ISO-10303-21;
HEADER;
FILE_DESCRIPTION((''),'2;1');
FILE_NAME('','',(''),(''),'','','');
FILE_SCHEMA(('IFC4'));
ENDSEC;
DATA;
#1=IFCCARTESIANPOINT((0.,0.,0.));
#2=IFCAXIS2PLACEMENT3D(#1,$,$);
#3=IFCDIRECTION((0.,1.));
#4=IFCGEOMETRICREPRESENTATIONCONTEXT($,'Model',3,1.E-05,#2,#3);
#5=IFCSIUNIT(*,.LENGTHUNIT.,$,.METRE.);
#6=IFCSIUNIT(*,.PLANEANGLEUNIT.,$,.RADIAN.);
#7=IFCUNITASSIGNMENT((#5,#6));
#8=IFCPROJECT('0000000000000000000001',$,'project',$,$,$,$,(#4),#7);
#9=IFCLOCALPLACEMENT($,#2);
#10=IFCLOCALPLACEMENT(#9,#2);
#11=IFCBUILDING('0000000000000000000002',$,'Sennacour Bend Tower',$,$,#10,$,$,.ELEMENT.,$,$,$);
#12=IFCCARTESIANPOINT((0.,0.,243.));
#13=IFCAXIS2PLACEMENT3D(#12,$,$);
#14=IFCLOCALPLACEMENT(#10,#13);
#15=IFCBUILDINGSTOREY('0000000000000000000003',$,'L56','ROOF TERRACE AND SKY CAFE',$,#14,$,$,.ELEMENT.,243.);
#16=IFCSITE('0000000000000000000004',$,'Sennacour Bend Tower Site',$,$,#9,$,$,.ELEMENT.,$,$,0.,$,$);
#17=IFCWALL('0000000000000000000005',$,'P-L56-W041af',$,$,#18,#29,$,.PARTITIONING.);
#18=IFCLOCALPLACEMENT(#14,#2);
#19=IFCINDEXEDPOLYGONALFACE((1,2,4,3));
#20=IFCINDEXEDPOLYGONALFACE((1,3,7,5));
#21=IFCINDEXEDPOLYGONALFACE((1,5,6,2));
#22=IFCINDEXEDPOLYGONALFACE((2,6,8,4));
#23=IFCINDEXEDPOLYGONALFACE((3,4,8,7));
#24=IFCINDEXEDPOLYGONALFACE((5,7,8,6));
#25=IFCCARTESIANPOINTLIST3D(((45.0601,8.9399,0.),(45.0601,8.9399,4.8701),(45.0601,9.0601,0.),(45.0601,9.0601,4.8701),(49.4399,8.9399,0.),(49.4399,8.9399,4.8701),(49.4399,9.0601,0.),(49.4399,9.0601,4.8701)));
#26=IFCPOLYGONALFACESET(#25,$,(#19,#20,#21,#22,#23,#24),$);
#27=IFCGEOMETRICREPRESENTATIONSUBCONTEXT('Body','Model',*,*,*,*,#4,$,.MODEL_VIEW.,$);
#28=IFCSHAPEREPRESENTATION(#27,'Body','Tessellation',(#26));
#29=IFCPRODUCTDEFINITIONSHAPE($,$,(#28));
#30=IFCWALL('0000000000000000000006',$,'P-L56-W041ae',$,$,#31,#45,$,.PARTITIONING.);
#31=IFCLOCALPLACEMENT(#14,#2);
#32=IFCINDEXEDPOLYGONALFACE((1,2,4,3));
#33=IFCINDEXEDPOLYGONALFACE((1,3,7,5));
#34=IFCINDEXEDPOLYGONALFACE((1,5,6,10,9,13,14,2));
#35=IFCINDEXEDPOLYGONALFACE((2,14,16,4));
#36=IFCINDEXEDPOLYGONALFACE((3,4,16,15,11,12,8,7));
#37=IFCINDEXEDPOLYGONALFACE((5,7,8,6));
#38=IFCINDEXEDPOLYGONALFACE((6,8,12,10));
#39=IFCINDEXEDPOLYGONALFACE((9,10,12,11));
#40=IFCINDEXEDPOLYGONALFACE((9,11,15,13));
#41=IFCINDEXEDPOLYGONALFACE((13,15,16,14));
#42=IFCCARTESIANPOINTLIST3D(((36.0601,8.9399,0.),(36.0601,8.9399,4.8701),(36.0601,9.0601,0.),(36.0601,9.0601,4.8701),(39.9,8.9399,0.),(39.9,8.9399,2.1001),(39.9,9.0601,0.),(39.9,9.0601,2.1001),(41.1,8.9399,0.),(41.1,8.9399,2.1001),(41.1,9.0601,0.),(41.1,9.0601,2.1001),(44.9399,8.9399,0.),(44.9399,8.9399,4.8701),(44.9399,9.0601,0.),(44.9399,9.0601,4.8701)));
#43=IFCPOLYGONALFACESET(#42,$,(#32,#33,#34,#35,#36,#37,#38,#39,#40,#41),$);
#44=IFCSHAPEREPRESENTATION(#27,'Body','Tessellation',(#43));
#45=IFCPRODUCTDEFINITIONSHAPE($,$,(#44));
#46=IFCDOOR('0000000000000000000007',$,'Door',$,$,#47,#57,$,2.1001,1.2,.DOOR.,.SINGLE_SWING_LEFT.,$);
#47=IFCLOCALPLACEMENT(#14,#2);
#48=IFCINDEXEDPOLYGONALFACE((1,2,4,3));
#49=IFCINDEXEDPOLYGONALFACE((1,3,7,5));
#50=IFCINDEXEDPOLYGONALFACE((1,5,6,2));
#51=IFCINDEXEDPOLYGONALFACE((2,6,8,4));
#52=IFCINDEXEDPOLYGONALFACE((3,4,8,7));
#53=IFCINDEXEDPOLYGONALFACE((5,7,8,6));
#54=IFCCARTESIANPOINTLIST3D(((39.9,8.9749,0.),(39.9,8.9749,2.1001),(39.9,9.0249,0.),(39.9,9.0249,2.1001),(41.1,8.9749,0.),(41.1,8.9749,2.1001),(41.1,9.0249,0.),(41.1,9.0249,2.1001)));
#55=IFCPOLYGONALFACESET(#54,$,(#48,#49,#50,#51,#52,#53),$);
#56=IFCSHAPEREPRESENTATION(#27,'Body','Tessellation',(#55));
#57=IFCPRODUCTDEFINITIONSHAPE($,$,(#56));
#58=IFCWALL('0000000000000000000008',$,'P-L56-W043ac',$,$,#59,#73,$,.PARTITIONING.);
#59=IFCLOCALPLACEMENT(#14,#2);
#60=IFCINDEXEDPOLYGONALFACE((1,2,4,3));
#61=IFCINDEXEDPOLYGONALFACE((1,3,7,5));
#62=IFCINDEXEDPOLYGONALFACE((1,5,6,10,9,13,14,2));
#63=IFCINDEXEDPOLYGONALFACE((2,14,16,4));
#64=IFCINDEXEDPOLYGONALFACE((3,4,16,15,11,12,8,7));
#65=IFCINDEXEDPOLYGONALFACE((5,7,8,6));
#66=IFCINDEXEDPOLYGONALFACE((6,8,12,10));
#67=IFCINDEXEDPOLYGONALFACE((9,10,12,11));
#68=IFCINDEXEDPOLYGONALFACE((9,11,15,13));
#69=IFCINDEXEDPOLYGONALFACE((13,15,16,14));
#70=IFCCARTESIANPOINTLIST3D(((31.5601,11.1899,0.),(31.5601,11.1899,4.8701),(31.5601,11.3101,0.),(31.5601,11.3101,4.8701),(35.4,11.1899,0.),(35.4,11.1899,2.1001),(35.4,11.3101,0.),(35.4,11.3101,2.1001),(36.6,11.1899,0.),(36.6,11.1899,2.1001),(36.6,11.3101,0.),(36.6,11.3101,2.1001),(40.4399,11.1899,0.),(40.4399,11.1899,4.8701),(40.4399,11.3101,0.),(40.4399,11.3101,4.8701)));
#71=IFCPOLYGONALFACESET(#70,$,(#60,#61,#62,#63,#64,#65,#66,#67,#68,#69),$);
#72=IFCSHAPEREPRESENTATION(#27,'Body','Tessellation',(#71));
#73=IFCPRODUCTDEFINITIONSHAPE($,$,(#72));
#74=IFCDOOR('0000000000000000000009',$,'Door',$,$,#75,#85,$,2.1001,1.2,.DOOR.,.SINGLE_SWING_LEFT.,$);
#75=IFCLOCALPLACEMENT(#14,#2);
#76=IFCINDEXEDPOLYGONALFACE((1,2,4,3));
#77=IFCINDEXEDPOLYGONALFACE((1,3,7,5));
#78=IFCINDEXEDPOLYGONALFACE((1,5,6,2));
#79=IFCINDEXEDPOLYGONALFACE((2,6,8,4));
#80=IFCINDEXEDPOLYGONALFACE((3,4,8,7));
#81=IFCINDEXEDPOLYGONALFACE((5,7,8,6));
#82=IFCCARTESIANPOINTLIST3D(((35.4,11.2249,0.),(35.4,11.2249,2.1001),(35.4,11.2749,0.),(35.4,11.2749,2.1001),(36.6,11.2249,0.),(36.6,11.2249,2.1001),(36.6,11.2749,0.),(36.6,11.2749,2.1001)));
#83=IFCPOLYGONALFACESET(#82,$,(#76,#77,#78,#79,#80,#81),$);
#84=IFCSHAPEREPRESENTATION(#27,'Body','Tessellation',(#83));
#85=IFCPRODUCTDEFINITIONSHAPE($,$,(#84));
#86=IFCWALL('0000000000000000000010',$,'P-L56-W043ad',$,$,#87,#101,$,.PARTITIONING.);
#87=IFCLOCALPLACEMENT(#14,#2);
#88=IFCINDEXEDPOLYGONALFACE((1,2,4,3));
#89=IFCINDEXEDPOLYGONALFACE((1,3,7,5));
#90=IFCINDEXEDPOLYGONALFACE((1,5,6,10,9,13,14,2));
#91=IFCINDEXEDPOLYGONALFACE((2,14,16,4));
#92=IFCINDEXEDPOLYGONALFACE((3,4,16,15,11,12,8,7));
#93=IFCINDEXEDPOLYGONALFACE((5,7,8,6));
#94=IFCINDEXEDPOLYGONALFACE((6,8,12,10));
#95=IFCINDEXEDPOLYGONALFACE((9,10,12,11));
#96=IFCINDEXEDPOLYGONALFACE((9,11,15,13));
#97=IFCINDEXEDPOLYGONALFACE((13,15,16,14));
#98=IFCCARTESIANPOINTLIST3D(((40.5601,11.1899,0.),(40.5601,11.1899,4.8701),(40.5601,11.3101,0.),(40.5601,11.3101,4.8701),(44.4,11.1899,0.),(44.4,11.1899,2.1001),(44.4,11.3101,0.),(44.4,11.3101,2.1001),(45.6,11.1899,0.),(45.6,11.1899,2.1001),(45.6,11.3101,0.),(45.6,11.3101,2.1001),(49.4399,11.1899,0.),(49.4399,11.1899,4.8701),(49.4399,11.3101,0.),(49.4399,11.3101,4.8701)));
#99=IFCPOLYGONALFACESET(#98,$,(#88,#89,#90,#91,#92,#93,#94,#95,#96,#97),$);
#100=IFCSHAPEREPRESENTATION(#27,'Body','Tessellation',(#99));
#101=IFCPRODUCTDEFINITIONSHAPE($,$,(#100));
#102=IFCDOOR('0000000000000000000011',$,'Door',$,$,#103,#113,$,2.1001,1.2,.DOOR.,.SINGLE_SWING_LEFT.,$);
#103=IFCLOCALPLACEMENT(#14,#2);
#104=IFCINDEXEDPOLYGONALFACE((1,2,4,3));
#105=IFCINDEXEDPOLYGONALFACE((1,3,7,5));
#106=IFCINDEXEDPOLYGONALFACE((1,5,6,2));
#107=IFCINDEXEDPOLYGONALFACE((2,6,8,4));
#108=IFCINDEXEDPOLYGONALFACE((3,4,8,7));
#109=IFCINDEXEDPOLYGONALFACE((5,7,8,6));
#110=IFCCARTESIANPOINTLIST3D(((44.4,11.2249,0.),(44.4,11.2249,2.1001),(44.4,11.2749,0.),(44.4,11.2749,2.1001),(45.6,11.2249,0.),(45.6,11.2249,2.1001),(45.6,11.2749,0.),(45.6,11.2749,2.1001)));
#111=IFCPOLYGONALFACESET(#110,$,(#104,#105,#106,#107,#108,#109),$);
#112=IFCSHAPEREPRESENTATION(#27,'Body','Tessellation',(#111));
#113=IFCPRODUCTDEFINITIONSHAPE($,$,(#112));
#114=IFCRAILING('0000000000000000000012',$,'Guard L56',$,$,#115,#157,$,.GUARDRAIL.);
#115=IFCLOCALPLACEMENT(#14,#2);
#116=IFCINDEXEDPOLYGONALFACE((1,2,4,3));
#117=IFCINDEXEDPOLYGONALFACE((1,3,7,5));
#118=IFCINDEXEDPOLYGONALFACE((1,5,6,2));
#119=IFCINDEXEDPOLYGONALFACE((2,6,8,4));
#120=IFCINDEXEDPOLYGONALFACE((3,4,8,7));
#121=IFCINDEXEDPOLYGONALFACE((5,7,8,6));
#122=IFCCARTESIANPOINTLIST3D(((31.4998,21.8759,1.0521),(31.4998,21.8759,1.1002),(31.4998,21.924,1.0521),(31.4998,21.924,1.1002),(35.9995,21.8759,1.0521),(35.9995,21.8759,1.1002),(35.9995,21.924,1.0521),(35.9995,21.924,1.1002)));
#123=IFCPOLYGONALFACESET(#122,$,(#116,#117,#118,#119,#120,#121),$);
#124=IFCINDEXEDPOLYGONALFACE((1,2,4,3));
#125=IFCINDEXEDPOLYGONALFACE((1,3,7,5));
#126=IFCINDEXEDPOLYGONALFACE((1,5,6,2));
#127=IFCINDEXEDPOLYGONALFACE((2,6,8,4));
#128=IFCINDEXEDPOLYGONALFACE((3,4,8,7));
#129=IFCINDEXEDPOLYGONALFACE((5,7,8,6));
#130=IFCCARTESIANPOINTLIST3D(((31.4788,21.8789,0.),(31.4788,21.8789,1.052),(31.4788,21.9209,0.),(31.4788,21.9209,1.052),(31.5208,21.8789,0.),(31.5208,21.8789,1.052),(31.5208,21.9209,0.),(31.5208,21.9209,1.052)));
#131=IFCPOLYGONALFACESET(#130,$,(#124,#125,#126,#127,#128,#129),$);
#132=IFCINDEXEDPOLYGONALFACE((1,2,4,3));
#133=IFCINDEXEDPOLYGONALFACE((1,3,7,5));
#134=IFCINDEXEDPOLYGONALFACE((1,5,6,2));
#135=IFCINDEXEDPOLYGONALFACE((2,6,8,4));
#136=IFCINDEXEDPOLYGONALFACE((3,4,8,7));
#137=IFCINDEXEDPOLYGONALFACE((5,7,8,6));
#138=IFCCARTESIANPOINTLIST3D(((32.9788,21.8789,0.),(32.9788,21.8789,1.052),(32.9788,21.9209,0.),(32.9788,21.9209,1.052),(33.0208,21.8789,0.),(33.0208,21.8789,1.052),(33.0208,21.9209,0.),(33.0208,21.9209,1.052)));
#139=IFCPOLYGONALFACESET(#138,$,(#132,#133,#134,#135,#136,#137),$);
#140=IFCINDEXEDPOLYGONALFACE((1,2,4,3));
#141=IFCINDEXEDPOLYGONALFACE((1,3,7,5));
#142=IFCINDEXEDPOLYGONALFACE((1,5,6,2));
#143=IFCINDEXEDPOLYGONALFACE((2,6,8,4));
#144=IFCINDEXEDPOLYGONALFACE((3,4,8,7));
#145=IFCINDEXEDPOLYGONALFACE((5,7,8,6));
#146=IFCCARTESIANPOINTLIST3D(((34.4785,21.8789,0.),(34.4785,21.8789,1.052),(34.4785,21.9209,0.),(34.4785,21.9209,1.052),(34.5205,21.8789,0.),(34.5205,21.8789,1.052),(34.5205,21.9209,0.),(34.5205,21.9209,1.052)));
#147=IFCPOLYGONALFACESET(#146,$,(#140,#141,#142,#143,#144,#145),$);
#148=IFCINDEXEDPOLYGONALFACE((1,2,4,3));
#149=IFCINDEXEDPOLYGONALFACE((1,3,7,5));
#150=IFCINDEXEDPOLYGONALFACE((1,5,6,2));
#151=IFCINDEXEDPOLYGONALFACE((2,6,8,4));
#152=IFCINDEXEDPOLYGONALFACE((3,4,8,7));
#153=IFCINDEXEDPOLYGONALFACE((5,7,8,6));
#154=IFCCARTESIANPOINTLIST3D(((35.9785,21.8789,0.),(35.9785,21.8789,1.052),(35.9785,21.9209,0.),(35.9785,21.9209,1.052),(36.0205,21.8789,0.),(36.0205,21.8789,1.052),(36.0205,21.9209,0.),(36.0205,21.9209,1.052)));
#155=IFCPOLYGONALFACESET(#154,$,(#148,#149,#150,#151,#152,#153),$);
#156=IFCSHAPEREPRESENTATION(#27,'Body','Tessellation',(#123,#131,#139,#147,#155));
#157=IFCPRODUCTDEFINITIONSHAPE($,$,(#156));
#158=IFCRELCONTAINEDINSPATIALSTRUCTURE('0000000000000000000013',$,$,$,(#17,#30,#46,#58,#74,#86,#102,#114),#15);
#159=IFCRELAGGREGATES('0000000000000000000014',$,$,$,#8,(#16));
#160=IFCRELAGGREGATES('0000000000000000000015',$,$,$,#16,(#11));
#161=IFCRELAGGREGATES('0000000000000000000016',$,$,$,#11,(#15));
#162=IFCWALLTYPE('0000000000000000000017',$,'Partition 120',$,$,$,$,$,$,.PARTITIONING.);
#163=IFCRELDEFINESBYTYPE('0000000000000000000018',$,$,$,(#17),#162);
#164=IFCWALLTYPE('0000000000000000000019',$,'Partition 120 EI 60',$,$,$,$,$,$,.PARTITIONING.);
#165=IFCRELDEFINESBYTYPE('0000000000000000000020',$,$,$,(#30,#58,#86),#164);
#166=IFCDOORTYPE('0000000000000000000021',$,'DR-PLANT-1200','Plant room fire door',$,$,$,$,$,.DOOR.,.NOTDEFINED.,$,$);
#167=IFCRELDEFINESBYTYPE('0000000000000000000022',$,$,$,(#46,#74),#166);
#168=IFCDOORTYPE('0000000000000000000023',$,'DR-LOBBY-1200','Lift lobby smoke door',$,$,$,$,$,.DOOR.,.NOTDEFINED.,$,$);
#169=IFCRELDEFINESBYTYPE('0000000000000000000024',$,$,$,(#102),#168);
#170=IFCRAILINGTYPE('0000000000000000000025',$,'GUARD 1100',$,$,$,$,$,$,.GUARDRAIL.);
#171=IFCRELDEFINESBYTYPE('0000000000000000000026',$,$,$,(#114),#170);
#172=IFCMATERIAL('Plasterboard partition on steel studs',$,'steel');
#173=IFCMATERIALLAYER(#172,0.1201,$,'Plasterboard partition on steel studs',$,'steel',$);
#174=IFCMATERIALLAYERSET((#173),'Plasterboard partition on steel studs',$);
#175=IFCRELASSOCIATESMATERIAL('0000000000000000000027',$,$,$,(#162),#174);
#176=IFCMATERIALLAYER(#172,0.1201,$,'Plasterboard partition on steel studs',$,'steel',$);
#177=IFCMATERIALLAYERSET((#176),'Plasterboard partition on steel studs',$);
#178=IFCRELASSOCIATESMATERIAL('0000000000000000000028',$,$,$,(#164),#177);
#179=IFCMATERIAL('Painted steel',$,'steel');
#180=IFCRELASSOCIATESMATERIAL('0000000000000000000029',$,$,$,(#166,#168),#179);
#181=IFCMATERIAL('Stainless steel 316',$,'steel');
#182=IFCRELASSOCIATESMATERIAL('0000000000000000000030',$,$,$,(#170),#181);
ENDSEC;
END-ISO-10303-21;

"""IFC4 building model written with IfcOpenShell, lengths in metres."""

from ifc_helpers import new_model, si_unit, direction, frame, frame_2d, origin, origin_2d, place, context, subcontext, project, spatial, rectangle, extrude, material, layer, layer_set, type_object, element, fill, save


model = new_model("IFC4")

# Units and contexts
model_context = context("Model", 3, precision=1e-05, world=origin(), true_north=direction((0.0, 1.0)))
body_context = subcontext(model_context, "Body", "Model", "MODEL_VIEW")
ifc_project = project(units=[si_unit("LENGTHUNIT", "METRE"), si_unit("PLANEANGLEUNIT", "RADIAN")], contexts=[model_context])

# Site, building, storey
site_placement = place(None, origin())
site = spatial("IfcSite", under=ifc_project, at=site_placement, Name="Sennacour Bend Tower Site", CompositionType="ELEMENT", RefElevation=0.0)
building_placement = place(site_placement, origin())
building = spatial("IfcBuilding", under=site, at=building_placement, Name="Sennacour Bend Tower", CompositionType="ELEMENT")
storey_placement = place(building_placement, frame((0.0, 0.0, 243.0)))
storey = spatial("IfcBuildingStorey", under=building, at=storey_placement, Name="L56", Description="ROOF TERRACE AND SKY CAFE", CompositionType="ELEMENT", Elevation=243.0)

# Wall
ifc_material_1 = material(Name="Plasterboard partition on steel studs", Category="steel")
ifc_layer_1 = layer(ifc_material_1, 0.1201, Name="Plasterboard partition on steel studs", Category="steel")
ifc_layer_set_1 = layer_set([ifc_layer_1], Name="Plasterboard partition on steel studs")
wall_type_1 = type_object("IfcWallType", Name="Partition 120", PredefinedType="PARTITIONING", material=ifc_layer_set_1)
for number, where, z_axis, x_axis, name in (
    (1, (45.0601, 9.0, 0.0), (0.0, 0.0, 1.0), (1.0, 0.0, 0.0), "P-L56-W041af"),
):
    element("IfcWall", number, at=place(storey_placement, frame(where, z_axis=z_axis, x_axis=x_axis)), inside=storey, type_object=wall_type_1, Name=name, PredefinedType="PARTITIONING", context=body_context, shape_type="SweptSolid", body=[
        extrude(rectangle(XDim=4.3799, YDim=0.1201, at=frame_2d((2.1899, 0.0))), origin(), (0.0, 0.0, 1.0), 4.8701),
    ])

# Walls, openings, doors
ifc_layer_2 = layer(ifc_material_1, 0.1201, Name="Plasterboard partition on steel studs", Category="steel")
ifc_layer_set_2 = layer_set([ifc_layer_2], Name="Plasterboard partition on steel studs")
wall_type_2 = type_object("IfcWallType", Name="Partition 120 EI 60", PredefinedType="PARTITIONING", material=ifc_layer_set_2)
wall_1_placement = place(storey_placement, frame((36.0601, 9.0, 0.0), z_axis=(0.0, 0.0, 1.0), x_axis=(1.0, 0.0, 0.0)))
wall_1 = element("IfcWall", 2, at=wall_1_placement, inside=storey, type_object=wall_type_2, Name="P-L56-W041ae", PredefinedType="PARTITIONING", context=body_context, shape_type="SweptSolid", body=[
    extrude(rectangle(XDim=8.8799, YDim=0.1201, at=frame_2d((4.4399, 0.0))), origin(), (0.0, 0.0, 1.0), 4.8701),
])
opening_1_placement = place(wall_1_placement, frame((3.8398, 0.0, 0.0)))
opening_1 = element("IfcOpeningElement", 3, at=opening_1_placement, cuts=wall_1, PredefinedType="OPENING", context=body_context, shape_type="SweptSolid", body=[
    extrude(rectangle(XDim=1.2, YDim=2.1001, at=frame_2d((0.6001, 1.05))), frame((0.0, 0.0701, 0.0), z_axis=(0.0, -1.0, 0.0), x_axis=(1.0, 0.0, 0.0)), (0.0, 0.0, 1.0), 0.1401),
])
ifc_material_2 = material(Name="Painted steel", Category="steel")
door_type_1 = type_object("IfcDoorType", Name="DR-PLANT-1200", Description="Plant room fire door", OperationType="NOTDEFINED", PredefinedType="DOOR", material=ifc_material_2)
door_1_placement = place(opening_1_placement, origin())
door_1 = element("IfcDoor", 4, at=door_1_placement, inside=storey, type_object=door_type_1, Name="Door", OperationType="SINGLE_SWING_LEFT", OverallHeight=2.1001, OverallWidth=1.2, PredefinedType="DOOR", context=body_context, shape_type="SweptSolid", body=[
    extrude(rectangle(XDim=1.2, YDim=2.1001, at=frame_2d((0.6001, 1.05))), frame((0.0, 0.0249, 0.0), z_axis=(0.0, -1.0, 0.0), x_axis=(1.0, 0.0, 0.0)), (0.0, 0.0, 1.0), 0.05),
])
fill(opening_1, door_1)
wall_2_placement = place(storey_placement, frame((31.5601, 11.25, 0.0), z_axis=(0.0, 0.0, 1.0), x_axis=(1.0, 0.0, 0.0)))
wall_2 = element("IfcWall", 5, at=wall_2_placement, inside=storey, type_object=wall_type_2, Name="P-L56-W043ac", PredefinedType="PARTITIONING", context=body_context, shape_type="SweptSolid", body=[
    extrude(rectangle(XDim=8.8799, YDim=0.1201, at=frame_2d((4.4399, 0.0))), origin(), (0.0, 0.0, 1.0), 4.8701),
])
opening_2_placement = place(wall_2_placement, frame((3.8398, 0.0, 0.0)))
opening_2 = element("IfcOpeningElement", 6, at=opening_2_placement, cuts=wall_2, PredefinedType="OPENING", context=body_context, shape_type="SweptSolid", body=[
    extrude(rectangle(XDim=1.2, YDim=2.1001, at=frame_2d((0.6001, 1.05))), frame((0.0, 0.0701, 0.0), z_axis=(0.0, -1.0, 0.0), x_axis=(1.0, 0.0, 0.0)), (0.0, 0.0, 1.0), 0.1401),
])
door_2_placement = place(opening_2_placement, origin())
door_2 = element("IfcDoor", 7, at=door_2_placement, inside=storey, type_object=door_type_1, Name="Door", OperationType="SINGLE_SWING_LEFT", OverallHeight=2.1001, OverallWidth=1.2, PredefinedType="DOOR", context=body_context, shape_type="SweptSolid", body=[
    extrude(rectangle(XDim=1.2, YDim=2.1001, at=frame_2d((0.6001, 1.05))), frame((0.0, 0.0249, 0.0), z_axis=(0.0, -1.0, 0.0), x_axis=(1.0, 0.0, 0.0)), (0.0, 0.0, 1.0), 0.05),
])
fill(opening_2, door_2)
wall_3_placement = place(storey_placement, frame((40.5601, 11.25, 0.0), z_axis=(0.0, 0.0, 1.0), x_axis=(1.0, 0.0, 0.0)))
wall_3 = element("IfcWall", 8, at=wall_3_placement, inside=storey, type_object=wall_type_2, Name="P-L56-W043ad", PredefinedType="PARTITIONING", context=body_context, shape_type="SweptSolid", body=[
    extrude(rectangle(XDim=8.8799, YDim=0.1201, at=frame_2d((4.4399, 0.0))), origin(), (0.0, 0.0, 1.0), 4.8701),
])
opening_3_placement = place(wall_3_placement, frame((3.8398, 0.0, 0.0)))
opening_3 = element("IfcOpeningElement", 9, at=opening_3_placement, cuts=wall_3, PredefinedType="OPENING", context=body_context, shape_type="SweptSolid", body=[
    extrude(rectangle(XDim=1.2, YDim=2.1001, at=frame_2d((0.6001, 1.05))), frame((0.0, 0.0701, 0.0), z_axis=(0.0, -1.0, 0.0), x_axis=(1.0, 0.0, 0.0)), (0.0, 0.0, 1.0), 0.1401),
])
door_type_2 = type_object("IfcDoorType", Name="DR-LOBBY-1200", Description="Lift lobby smoke door", OperationType="NOTDEFINED", PredefinedType="DOOR", material=ifc_material_2)
door_3_placement = place(opening_3_placement, origin())
door_3 = element("IfcDoor", 10, at=door_3_placement, inside=storey, type_object=door_type_2, Name="Door", OperationType="SINGLE_SWING_LEFT", OverallHeight=2.1001, OverallWidth=1.2, PredefinedType="DOOR", context=body_context, shape_type="SweptSolid", body=[
    extrude(rectangle(XDim=1.2, YDim=2.1001, at=frame_2d((0.6001, 1.05))), frame((0.0, 0.0249, 0.0), z_axis=(0.0, -1.0, 0.0), x_axis=(1.0, 0.0, 0.0)), (0.0, 0.0, 1.0), 0.05),
])
fill(opening_3, door_3)

# Railing
ifc_material_3 = material(Name="Stainless steel 316", Category="steel")
railing_type = type_object("IfcRailingType", Name="GUARD 1100", PredefinedType="GUARDRAIL", material=ifc_material_3)
railing_1_placement = place(storey_placement, frame((31.4998, 21.8999, 0.0)))
element("IfcRailing", 11, at=railing_1_placement, inside=storey, type_object=railing_type, Name="Guard L56", PredefinedType="GUARDRAIL", context=body_context, shape_type="SweptSolid", body=[
    extrude(rectangle(XDim=0.0481, YDim=0.0481, at=origin_2d()), frame((0.0, 0.0, 1.0762), z_axis=(1.0, 0.0, 0.0), x_axis=(0.0, 1.0, 0.0)), (0.0, 0.0, 1.0), 4.4998),
    extrude(rectangle(XDim=0.042, YDim=0.042, at=origin_2d()), origin(), (0.0, 0.0, 1.0), 1.052),
    extrude(rectangle(XDim=0.042, YDim=0.042, at=origin_2d()), frame((1.5, 0.0, 0.0)), (0.0, 0.0, 1.0), 1.052),
    extrude(rectangle(XDim=0.042, YDim=0.042, at=origin_2d()), frame((2.9998, 0.0, 0.0)), (0.0, 0.0, 1.0), 1.052),
    extrude(rectangle(XDim=0.042, YDim=0.042, at=origin_2d()), frame((4.4998, 0.0, 0.0)), (0.0, 0.0, 1.0), 1.052),
])

save(model, "model.ifc")
